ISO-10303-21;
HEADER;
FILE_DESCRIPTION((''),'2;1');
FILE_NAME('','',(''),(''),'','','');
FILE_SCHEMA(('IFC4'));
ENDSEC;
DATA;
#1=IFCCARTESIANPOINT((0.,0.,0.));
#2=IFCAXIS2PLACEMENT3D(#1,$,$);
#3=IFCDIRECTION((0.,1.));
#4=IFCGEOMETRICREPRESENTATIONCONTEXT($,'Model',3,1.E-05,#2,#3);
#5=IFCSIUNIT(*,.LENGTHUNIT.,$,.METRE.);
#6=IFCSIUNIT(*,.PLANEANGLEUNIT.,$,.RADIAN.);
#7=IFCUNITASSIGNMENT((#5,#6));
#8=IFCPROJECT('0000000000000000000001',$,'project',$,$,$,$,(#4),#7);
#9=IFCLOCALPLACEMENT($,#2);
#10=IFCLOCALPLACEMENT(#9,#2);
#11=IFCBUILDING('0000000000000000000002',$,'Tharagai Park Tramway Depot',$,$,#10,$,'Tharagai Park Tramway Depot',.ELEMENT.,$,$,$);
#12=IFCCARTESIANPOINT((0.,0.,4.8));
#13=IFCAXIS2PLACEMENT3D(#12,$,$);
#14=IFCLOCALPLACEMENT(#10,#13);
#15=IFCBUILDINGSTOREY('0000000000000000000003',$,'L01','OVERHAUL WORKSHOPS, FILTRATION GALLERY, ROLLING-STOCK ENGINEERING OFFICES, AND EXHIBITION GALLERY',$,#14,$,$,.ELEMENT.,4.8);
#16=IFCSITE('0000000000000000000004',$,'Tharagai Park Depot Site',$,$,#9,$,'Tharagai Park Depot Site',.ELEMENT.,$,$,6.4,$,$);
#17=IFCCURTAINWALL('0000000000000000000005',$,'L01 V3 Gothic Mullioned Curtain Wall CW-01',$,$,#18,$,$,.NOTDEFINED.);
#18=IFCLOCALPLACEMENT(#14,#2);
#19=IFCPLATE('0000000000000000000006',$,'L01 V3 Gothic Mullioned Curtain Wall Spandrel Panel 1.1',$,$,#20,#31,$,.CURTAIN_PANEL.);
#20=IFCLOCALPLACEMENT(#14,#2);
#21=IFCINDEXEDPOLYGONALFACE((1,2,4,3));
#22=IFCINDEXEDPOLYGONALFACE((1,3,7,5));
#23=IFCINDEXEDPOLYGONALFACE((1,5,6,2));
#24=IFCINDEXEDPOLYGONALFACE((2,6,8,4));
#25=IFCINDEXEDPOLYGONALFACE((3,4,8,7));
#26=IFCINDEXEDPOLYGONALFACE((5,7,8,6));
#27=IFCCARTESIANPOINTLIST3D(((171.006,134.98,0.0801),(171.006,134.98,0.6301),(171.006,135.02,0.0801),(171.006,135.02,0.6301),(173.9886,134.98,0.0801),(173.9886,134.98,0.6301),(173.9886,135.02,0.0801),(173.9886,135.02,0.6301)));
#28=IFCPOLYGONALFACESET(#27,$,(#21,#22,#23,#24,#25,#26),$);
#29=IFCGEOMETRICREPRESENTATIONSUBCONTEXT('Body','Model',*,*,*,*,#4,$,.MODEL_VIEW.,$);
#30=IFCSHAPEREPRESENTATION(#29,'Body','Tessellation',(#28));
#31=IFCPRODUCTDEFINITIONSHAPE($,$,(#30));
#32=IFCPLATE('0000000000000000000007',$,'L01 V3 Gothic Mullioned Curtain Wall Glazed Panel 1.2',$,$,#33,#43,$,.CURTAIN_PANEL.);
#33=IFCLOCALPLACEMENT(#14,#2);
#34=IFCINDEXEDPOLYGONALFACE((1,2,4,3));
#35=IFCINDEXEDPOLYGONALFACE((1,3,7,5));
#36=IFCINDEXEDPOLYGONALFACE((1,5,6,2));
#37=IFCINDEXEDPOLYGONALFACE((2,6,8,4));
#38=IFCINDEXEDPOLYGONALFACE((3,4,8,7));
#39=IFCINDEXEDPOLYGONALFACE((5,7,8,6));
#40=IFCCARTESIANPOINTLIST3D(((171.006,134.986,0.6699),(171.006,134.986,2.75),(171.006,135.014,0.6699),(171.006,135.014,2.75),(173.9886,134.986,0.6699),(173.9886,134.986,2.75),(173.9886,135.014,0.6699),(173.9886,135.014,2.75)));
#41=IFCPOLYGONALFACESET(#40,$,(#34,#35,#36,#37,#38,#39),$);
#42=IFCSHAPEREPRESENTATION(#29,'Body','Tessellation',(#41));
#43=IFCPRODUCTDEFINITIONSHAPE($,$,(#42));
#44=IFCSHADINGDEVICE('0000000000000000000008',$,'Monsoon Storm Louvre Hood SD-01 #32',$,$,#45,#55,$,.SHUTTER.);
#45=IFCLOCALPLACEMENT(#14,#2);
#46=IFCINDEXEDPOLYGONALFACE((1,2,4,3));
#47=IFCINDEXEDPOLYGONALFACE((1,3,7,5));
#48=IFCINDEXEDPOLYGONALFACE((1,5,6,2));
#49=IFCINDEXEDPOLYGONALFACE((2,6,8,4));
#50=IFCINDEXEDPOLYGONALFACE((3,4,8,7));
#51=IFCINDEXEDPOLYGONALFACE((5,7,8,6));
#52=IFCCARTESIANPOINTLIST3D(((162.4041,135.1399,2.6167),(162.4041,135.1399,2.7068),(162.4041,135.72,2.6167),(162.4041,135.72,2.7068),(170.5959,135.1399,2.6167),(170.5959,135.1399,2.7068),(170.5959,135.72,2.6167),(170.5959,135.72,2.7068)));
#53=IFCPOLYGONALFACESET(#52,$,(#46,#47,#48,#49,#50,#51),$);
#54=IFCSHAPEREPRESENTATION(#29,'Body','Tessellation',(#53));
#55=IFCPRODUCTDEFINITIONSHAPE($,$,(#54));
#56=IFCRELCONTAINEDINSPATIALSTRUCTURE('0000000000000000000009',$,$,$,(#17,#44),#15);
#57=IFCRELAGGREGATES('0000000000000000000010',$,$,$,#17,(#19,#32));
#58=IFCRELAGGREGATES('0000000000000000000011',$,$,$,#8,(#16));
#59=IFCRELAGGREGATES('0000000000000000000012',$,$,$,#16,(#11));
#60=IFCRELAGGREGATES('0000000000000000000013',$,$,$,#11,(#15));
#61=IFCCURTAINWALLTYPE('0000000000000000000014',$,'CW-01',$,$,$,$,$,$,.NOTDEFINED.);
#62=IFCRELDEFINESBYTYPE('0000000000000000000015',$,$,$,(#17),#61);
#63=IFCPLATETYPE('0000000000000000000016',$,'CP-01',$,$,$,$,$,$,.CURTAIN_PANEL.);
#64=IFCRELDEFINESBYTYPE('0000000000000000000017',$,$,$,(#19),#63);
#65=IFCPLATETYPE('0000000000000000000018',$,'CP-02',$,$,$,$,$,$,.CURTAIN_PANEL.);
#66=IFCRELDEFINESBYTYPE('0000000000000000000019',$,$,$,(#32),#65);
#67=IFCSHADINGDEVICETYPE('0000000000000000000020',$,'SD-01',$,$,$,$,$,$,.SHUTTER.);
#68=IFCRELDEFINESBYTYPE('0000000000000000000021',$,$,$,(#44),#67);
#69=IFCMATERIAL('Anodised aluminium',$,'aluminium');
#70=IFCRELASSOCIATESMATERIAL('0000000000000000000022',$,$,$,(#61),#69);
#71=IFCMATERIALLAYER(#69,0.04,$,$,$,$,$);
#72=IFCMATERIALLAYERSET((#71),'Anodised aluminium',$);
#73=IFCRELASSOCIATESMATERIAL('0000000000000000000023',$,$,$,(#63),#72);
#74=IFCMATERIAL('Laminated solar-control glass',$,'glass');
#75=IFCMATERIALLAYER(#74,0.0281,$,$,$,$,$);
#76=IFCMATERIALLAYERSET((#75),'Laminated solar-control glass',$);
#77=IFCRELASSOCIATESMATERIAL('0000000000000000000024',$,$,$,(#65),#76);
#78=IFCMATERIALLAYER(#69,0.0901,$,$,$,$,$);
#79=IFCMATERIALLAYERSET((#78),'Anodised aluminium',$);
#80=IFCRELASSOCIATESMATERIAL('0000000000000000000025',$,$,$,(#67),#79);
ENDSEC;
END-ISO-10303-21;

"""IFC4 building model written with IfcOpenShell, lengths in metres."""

from ifc_helpers import new_model, si_unit, direction, frame, origin, origin_2d, place, context, subcontext, project, spatial, rectangle, extrude, material, layer, layer_set, type_object, element, aggregate, save


model = new_model("IFC4")

# Units and contexts
model_context = context("Model", 3, precision=1e-05, world=origin(), true_north=direction((0.0, 1.0)))
body_context = subcontext(model_context, "Body", "Model", "MODEL_VIEW")
ifc_project = project(units=[si_unit("LENGTHUNIT", "METRE"), si_unit("PLANEANGLEUNIT", "RADIAN")], contexts=[model_context])

# Site, building, storey
site_placement = place(None, origin())
site = spatial("IfcSite", under=ifc_project, at=site_placement, Name="Tharagai Park Depot Site", LongName="Tharagai Park Depot Site", CompositionType="ELEMENT", RefElevation=6.4)
building_placement = place(site_placement, origin())
building = spatial("IfcBuilding", under=site, at=building_placement, Name="Tharagai Park Tramway Depot", LongName="Tharagai Park Tramway Depot", CompositionType="ELEMENT")
storey_placement = place(building_placement, frame((0.0, 0.0, 4.8)))
storey = spatial("IfcBuildingStorey", under=building, at=storey_placement, Name="L01", Description="OVERHAUL WORKSHOPS, FILTRATION GALLERY, ROLLING-STOCK ENGINEERING OFFICES, AND EXHIBITION GALLERY", CompositionType="ELEMENT", Elevation=4.8)

# Curtain wall
ifc_material_1 = material(Name="Anodised aluminium", Category="aluminium")
curtain_wall_type = type_object("IfcCurtainWallType", Name="CW-01", PredefinedType="NOTDEFINED", material=ifc_material_1)
curtain_wall_placement = place(storey_placement, origin())
curtain_wall = element("IfcCurtainWall", 1, at=curtain_wall_placement, inside=storey, type_object=curtain_wall_type, Name="L01 V3 Gothic Mullioned Curtain Wall CW-01", PredefinedType="NOTDEFINED")

# Plates
ifc_layer_1 = layer(ifc_material_1, 0.04)
ifc_layer_set_1 = layer_set([ifc_layer_1], Name="Anodised aluminium")
plate_type_1 = type_object("IfcPlateType", Name="CP-01", PredefinedType="CURTAIN_PANEL", material=ifc_layer_set_1)
plate_1_placement = place(storey_placement, frame((172.4973, 135.0, 0.0801), z_axis=(0.0, 0.0, 1.0), x_axis=(1.0, 0.0, 0.0)))
plate_1 = element("IfcPlate", 2, at=plate_1_placement, type_object=plate_type_1, Name="L01 V3 Gothic Mullioned Curtain Wall Spandrel Panel 1.1", PredefinedType="CURTAIN_PANEL", context=body_context, shape_type="SweptSolid", body=[
    extrude(rectangle(XDim=2.9827, YDim=0.04, at=origin_2d()), origin(), (0.0, 0.0, 1.0), 0.55),
])
ifc_material_2 = material(Name="Laminated solar-control glass", Category="glass")
ifc_layer_2 = layer(ifc_material_2, 0.0281)
ifc_layer_set_2 = layer_set([ifc_layer_2], Name="Laminated solar-control glass")
plate_type_2 = type_object("IfcPlateType", Name="CP-02", PredefinedType="CURTAIN_PANEL", material=ifc_layer_set_2)
plate_2_placement = place(storey_placement, frame((172.4973, 135.0, 0.6699), z_axis=(0.0, 0.0, 1.0), x_axis=(1.0, 0.0, 0.0)))
plate_2 = element("IfcPlate", 3, at=plate_2_placement, type_object=plate_type_2, Name="L01 V3 Gothic Mullioned Curtain Wall Glazed Panel 1.2", PredefinedType="CURTAIN_PANEL", context=body_context, shape_type="SweptSolid", body=[
    extrude(rectangle(XDim=2.9827, YDim=0.0281, at=origin_2d()), origin(), (0.0, 0.0, 1.0), 2.0801),
])
aggregate(curtain_wall, [plate_1, plate_2])

# Shading device
ifc_layer_3 = layer(ifc_material_1, 0.0901)
ifc_layer_set_3 = layer_set([ifc_layer_3], Name="Anodised aluminium")
shading_device_type = type_object("IfcShadingDeviceType", Name="SD-01", PredefinedType="SHUTTER", material=ifc_layer_set_3)
shading_device_placement = place(storey_placement, frame((166.5, 135.4299, 2.6167), z_axis=(0.0, 0.0, 1.0), x_axis=(1.0, 0.0, 0.0)))
element("IfcShadingDevice", 4, at=shading_device_placement, inside=storey, type_object=shading_device_type, Name="Monsoon Storm Louvre Hood SD-01 #32", PredefinedType="SHUTTER", context=body_context, shape_type="SweptSolid", body=[
    extrude(rectangle(XDim=8.1919, YDim=0.5801, at=origin_2d()), origin(), (0.0, 0.0, 1.0), 0.0901),
])

save(model, "model.ifc")
